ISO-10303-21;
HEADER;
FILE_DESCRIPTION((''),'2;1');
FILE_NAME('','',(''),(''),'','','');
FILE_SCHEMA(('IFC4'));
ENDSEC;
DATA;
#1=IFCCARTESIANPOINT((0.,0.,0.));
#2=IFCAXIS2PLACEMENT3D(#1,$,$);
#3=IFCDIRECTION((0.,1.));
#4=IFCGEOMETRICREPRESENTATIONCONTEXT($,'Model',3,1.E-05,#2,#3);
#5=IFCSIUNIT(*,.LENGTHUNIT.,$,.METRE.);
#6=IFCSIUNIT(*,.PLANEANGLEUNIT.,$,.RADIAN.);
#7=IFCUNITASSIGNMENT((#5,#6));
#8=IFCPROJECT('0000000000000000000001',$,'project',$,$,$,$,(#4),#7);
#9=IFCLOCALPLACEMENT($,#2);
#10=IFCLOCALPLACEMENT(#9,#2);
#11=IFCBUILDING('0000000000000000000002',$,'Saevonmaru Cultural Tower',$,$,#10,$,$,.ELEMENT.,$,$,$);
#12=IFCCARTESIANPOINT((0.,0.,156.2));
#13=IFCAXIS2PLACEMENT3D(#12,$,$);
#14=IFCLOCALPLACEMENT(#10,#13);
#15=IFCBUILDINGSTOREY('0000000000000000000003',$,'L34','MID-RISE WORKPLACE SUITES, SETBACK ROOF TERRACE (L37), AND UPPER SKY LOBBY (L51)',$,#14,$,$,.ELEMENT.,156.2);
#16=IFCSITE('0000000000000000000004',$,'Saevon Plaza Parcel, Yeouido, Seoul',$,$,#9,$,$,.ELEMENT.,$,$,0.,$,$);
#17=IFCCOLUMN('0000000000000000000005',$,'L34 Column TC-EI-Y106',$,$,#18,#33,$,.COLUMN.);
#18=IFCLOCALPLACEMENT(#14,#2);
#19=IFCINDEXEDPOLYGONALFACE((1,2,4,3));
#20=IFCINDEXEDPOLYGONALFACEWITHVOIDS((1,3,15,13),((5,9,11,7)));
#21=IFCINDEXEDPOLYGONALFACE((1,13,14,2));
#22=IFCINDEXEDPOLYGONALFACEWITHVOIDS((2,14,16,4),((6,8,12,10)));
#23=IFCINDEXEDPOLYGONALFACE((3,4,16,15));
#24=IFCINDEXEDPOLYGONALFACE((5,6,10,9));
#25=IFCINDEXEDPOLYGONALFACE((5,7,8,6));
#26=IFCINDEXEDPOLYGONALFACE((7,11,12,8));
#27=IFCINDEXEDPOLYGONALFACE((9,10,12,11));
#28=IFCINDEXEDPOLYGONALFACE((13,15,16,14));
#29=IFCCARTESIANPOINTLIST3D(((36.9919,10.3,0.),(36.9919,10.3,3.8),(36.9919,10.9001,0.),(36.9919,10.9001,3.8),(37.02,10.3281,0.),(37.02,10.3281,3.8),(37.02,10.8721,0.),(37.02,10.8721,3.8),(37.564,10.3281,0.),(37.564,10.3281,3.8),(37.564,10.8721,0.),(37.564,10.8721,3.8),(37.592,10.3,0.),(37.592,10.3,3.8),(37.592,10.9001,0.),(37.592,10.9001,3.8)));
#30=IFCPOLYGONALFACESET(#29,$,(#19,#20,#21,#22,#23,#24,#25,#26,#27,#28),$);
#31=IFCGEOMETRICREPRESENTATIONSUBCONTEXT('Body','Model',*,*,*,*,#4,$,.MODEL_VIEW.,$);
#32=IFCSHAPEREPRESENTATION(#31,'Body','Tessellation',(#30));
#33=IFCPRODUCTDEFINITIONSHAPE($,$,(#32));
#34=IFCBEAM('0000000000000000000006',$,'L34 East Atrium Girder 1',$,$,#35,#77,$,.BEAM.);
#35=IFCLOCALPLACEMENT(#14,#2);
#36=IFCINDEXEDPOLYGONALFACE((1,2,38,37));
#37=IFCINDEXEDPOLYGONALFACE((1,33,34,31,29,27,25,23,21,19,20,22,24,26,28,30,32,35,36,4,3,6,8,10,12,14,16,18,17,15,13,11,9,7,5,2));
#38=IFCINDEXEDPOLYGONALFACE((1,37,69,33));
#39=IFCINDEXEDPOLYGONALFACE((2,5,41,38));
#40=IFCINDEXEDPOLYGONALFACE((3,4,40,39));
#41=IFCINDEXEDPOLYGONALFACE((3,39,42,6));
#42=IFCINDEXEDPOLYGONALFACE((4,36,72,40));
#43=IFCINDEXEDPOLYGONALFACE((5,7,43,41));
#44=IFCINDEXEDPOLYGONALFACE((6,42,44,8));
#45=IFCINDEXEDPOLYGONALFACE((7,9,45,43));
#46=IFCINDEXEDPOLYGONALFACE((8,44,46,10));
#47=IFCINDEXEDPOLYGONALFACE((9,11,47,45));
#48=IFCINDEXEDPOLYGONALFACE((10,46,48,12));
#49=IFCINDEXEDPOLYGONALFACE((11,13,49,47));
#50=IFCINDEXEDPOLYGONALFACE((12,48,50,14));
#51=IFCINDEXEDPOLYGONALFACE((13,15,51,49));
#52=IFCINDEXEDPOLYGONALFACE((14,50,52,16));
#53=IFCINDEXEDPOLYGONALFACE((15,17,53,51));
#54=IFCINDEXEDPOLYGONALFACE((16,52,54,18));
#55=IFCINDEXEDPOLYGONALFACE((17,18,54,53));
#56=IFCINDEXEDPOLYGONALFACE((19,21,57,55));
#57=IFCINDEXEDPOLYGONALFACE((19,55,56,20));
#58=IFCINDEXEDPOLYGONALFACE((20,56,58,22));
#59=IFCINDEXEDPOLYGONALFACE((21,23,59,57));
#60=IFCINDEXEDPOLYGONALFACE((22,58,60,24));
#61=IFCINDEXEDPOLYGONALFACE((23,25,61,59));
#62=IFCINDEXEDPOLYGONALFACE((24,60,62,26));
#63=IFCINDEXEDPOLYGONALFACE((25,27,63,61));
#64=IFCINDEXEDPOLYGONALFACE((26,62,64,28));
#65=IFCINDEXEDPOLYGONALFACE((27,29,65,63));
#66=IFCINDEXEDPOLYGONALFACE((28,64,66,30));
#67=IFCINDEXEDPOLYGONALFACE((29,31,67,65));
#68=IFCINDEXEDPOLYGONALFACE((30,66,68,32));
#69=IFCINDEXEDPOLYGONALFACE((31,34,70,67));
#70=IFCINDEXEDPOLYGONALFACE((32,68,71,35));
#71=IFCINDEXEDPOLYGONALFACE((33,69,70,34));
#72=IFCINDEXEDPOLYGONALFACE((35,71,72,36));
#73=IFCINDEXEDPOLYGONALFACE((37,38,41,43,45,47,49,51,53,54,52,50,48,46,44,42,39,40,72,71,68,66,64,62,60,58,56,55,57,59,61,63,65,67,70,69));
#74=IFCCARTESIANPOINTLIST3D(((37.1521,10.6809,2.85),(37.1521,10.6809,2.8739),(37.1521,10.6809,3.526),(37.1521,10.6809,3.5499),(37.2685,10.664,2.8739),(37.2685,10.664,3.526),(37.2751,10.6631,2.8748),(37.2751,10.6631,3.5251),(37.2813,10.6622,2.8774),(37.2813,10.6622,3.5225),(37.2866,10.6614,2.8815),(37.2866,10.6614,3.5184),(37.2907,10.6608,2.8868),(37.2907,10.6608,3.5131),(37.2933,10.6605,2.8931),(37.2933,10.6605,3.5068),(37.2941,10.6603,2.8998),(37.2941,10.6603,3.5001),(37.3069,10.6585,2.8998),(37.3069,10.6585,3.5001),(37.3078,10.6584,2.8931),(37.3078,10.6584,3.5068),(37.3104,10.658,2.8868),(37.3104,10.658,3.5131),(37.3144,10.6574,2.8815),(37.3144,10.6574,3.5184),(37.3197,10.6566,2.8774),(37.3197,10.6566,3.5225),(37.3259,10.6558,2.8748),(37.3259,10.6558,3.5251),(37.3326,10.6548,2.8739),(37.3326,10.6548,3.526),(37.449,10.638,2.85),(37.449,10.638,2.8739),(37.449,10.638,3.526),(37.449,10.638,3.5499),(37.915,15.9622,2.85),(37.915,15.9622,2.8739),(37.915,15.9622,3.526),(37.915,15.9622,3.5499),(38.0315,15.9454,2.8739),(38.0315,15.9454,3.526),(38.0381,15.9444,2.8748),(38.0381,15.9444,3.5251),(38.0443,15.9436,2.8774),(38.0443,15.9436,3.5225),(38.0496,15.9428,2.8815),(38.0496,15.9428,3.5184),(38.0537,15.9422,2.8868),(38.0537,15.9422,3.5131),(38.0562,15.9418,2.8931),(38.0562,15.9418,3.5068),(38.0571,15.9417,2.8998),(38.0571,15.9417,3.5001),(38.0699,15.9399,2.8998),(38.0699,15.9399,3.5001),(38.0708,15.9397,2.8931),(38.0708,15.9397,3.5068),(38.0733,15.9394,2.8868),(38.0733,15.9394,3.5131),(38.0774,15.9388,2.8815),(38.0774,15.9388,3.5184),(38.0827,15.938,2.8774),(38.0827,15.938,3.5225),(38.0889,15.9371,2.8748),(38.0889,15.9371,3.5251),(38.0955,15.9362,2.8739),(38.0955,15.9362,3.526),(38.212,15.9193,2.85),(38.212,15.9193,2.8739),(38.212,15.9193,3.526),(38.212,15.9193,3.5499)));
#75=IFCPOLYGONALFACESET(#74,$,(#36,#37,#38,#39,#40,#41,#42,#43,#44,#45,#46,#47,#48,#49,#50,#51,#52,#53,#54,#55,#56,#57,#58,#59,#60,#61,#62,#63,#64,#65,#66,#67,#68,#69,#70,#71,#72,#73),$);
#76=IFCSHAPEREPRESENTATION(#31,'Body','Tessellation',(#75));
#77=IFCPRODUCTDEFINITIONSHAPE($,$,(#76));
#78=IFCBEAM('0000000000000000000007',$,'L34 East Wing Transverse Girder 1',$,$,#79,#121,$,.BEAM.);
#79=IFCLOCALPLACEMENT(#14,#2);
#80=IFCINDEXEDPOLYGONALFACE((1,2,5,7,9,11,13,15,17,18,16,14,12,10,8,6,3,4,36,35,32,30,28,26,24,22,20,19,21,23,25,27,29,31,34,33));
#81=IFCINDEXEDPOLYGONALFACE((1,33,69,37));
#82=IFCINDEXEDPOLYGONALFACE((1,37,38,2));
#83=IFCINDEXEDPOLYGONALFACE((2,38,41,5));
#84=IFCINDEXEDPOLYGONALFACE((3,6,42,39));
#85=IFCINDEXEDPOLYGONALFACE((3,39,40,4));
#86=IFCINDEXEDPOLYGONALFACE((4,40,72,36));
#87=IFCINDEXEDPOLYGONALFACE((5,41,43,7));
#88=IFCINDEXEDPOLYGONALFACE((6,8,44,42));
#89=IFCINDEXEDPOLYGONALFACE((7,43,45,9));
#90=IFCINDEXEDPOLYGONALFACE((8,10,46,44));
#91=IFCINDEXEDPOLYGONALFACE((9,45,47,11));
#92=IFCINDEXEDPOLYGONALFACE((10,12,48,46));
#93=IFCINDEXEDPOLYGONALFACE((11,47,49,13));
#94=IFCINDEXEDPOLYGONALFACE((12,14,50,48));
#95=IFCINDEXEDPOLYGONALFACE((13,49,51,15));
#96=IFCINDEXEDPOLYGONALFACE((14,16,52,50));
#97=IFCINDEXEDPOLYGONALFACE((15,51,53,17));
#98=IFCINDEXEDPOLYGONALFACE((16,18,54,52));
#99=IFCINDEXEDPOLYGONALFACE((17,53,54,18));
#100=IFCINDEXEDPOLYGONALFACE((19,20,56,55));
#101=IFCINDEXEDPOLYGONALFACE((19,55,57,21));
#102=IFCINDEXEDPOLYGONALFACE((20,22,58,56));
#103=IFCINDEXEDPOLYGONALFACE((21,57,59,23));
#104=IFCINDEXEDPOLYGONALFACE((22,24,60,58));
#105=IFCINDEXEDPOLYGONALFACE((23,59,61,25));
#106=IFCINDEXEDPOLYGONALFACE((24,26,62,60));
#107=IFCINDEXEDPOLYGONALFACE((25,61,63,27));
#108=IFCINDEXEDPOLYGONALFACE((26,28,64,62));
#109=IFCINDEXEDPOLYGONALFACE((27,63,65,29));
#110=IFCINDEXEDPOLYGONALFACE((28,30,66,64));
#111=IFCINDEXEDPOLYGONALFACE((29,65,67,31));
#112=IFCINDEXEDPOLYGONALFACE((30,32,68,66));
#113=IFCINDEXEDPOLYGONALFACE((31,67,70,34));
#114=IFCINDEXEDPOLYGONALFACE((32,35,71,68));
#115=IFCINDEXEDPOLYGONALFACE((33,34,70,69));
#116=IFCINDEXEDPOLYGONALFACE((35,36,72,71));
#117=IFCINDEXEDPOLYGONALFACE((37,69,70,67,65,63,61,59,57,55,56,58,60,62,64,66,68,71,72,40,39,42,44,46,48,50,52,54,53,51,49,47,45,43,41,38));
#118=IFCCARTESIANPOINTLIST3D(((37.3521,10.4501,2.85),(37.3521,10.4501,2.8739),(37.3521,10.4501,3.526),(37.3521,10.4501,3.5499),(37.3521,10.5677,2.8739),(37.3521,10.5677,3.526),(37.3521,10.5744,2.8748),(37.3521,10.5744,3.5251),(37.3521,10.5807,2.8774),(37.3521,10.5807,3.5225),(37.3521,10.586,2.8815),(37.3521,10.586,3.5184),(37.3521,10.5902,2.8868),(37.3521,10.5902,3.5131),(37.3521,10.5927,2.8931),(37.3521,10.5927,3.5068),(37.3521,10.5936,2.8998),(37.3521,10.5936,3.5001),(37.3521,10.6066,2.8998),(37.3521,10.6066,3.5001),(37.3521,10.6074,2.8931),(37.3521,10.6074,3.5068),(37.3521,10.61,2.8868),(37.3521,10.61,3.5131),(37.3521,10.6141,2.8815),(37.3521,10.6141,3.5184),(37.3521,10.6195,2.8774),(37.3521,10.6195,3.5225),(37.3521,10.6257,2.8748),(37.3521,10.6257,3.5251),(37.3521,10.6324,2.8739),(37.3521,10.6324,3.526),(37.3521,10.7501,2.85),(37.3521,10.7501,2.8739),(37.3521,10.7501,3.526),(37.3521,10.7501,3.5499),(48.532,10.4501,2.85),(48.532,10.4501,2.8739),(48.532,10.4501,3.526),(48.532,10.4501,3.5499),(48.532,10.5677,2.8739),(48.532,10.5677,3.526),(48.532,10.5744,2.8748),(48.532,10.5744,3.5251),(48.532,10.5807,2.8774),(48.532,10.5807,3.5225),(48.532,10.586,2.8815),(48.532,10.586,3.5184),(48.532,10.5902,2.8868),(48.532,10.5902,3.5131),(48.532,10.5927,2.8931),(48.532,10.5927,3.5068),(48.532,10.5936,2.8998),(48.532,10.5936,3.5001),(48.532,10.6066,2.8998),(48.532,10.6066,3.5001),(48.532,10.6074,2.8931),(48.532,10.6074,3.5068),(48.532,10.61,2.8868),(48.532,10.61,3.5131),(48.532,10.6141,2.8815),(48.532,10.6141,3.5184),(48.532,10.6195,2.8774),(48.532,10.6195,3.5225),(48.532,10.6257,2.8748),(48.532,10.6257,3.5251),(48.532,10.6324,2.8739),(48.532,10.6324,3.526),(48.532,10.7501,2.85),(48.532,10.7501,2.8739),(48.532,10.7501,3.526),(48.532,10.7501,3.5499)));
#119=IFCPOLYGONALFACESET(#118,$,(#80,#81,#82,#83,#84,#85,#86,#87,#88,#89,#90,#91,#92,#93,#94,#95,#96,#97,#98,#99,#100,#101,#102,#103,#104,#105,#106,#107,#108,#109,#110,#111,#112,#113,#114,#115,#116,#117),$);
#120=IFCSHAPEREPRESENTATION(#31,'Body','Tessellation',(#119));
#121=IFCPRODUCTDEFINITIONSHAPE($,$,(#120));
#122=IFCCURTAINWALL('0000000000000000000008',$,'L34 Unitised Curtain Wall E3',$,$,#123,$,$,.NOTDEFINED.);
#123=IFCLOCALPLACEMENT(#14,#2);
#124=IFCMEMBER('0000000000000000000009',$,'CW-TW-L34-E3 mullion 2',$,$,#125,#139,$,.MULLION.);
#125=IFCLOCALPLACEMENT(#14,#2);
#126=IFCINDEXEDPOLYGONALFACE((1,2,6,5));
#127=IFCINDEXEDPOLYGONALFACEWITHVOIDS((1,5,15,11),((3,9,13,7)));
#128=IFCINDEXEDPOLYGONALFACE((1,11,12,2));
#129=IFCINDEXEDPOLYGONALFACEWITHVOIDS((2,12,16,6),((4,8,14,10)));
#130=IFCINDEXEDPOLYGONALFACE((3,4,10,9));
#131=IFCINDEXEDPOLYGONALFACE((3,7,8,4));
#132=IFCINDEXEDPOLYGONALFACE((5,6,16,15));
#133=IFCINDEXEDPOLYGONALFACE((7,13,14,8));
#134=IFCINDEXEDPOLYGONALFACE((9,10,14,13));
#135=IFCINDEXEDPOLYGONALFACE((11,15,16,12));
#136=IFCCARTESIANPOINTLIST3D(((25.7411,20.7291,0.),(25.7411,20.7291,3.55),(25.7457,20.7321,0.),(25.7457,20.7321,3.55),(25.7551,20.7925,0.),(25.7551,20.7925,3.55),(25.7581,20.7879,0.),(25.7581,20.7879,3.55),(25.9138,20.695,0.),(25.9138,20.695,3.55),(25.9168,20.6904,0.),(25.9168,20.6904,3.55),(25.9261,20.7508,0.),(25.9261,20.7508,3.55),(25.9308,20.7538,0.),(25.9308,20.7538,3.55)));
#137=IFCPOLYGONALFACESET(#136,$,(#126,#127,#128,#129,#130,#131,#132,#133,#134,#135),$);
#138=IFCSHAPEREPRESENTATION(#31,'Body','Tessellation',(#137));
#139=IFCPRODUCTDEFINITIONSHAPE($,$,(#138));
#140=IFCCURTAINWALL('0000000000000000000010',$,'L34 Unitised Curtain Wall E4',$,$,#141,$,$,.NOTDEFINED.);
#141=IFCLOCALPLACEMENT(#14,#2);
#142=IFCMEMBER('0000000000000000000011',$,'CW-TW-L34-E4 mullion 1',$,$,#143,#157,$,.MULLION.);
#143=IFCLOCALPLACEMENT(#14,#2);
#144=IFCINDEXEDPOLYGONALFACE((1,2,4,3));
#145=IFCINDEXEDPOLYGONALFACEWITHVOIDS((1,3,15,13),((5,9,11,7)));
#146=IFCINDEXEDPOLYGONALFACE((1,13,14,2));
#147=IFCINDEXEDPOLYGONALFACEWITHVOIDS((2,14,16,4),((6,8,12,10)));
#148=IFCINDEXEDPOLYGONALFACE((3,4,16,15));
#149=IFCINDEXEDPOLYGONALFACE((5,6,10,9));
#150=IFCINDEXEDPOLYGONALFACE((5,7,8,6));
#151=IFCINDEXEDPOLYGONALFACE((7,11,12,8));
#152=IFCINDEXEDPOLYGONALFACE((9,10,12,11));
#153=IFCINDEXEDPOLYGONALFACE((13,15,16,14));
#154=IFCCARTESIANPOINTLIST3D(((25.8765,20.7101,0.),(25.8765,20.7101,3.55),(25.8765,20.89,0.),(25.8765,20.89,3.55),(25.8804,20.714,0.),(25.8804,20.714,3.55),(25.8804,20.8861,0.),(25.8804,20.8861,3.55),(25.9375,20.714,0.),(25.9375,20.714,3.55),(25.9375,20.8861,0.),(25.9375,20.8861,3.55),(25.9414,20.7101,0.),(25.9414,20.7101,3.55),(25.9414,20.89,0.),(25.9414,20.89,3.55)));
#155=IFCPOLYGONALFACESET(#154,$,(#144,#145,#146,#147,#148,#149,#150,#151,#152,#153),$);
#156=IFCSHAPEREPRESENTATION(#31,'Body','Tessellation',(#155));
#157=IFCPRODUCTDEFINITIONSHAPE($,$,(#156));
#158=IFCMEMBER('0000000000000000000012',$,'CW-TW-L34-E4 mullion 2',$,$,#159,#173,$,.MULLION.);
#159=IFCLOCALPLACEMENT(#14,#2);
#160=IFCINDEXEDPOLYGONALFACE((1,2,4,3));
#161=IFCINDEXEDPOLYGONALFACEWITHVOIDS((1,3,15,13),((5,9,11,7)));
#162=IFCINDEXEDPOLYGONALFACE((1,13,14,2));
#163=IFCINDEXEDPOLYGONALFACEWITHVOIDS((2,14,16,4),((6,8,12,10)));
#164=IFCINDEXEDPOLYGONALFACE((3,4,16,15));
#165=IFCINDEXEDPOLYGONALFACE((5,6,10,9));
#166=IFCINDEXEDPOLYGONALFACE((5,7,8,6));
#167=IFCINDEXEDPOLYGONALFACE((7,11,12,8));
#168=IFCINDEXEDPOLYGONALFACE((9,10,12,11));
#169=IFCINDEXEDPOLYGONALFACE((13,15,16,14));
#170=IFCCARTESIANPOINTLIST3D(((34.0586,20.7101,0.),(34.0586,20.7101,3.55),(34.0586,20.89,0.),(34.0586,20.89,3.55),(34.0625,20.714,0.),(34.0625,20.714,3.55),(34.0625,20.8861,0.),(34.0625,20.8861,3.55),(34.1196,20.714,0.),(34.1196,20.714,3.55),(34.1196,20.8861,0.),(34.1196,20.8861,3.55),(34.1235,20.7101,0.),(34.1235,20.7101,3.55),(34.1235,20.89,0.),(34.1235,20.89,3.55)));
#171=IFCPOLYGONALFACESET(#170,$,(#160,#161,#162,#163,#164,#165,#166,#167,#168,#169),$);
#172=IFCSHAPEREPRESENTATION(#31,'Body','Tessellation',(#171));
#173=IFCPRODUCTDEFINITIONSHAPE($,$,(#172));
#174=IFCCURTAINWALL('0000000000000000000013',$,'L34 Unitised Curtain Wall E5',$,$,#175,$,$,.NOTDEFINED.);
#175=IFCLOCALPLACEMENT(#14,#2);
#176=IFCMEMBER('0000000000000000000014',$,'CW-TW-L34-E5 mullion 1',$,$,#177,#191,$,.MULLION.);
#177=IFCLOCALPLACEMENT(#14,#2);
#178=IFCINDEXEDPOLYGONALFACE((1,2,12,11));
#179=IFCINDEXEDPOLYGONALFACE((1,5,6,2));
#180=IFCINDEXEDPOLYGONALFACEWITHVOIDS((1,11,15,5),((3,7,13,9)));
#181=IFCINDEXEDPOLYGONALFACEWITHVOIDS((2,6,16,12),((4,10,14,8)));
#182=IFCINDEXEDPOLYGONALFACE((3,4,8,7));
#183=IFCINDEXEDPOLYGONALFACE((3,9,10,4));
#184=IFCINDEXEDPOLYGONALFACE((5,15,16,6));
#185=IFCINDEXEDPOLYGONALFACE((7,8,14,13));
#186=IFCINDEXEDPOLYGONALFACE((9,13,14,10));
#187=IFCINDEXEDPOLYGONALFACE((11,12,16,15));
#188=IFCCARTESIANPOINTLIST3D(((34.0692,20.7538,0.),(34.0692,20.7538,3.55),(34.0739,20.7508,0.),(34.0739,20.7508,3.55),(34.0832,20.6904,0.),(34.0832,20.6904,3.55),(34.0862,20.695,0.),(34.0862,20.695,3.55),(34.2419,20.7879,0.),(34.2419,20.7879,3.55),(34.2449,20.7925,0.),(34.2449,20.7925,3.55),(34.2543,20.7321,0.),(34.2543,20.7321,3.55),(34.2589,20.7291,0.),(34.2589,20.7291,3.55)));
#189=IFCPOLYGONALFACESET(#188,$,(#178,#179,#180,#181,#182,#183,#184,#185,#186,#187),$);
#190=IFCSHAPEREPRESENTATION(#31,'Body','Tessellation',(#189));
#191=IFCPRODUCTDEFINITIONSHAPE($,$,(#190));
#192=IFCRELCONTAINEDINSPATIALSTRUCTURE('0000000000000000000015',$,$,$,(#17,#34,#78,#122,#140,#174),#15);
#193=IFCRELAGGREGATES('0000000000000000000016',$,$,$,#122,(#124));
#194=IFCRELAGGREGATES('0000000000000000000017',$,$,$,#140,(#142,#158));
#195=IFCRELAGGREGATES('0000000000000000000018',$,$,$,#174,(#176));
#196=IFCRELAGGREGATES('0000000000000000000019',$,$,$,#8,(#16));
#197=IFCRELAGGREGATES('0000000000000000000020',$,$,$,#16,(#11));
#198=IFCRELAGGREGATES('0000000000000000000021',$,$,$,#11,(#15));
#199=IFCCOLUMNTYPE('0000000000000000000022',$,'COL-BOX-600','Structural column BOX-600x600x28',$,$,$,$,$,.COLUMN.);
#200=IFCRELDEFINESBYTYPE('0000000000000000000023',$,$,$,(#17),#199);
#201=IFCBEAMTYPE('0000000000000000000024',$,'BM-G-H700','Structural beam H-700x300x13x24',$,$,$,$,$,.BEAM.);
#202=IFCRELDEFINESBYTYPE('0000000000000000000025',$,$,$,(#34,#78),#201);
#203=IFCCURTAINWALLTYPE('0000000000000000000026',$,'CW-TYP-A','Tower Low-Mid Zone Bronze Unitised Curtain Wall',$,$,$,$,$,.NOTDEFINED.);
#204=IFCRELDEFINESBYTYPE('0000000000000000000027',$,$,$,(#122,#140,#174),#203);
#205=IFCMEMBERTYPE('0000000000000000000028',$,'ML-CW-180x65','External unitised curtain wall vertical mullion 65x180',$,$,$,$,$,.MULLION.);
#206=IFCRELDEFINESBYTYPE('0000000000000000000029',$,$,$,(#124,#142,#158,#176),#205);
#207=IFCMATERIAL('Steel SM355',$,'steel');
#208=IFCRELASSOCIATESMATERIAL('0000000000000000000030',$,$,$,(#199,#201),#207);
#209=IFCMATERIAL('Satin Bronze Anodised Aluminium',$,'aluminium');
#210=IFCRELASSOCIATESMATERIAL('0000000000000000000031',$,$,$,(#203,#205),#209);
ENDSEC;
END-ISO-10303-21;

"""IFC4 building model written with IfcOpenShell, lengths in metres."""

from ifc_helpers import new_model, si_unit, direction, frame, origin, origin_2d, place, context, subcontext, project, spatial, hollow_rectangle, i_section, extrude, material, material_profile, profile_set, type_object, element, aggregate, save


model = new_model("IFC4")

# Units and contexts
model_context = context("Model", 3, precision=1e-05, world=origin(), true_north=direction((0.0, 1.0)))
body_context = subcontext(model_context, "Body", "Model", "MODEL_VIEW")
ifc_project = project(units=[si_unit("LENGTHUNIT", "METRE"), si_unit("PLANEANGLEUNIT", "RADIAN")], contexts=[model_context])

# Site, building, storey
site_placement = place(None, origin())
site = spatial("IfcSite", under=ifc_project, at=site_placement, Name="Saevon Plaza Parcel, Yeouido, Seoul", CompositionType="ELEMENT", RefElevation=0.0)
building_placement = place(site_placement, origin())
building = spatial("IfcBuilding", under=site, at=building_placement, Name="Saevonmaru Cultural Tower", CompositionType="ELEMENT")
storey_placement = place(building_placement, frame((0.0, 0.0, 156.2)))
storey = spatial("IfcBuildingStorey", under=building, at=storey_placement, Name="L34", Description="MID-RISE WORKPLACE SUITES, SETBACK ROOF TERRACE (L37), AND UPPER SKY LOBBY (L51)", CompositionType="ELEMENT", Elevation=156.2)

# Column
ifc_material_1 = material(Name="Steel SM355", Category="steel")
ifc_material_profile_1 = material_profile(ifc_material_1, hollow_rectangle(XDim=0.6001, YDim=0.6001, WallThickness=0.0281, at=origin_2d()), Name="BOX-600x600x28")
ifc_profile_set_1 = profile_set([ifc_material_profile_1], Name="Steel SM355")
column_type = type_object("IfcColumnType", Name="COL-BOX-600", Description="Structural column BOX-600x600x28", PredefinedType="COLUMN", material=ifc_profile_set_1)
column_placement = place(storey_placement, frame((37.292, 10.6001, 0.0), z_axis=(0.0, 0.0, 1.0), x_axis=(1.0, 0.0, 0.0)))
element("IfcColumn", 1, at=column_placement, inside=storey, type_object=column_type, Name="L34 Column TC-EI-Y106", PredefinedType="COLUMN", context=body_context, shape_type="SweptSolid", body=[
    extrude(hollow_rectangle(XDim=0.6001, YDim=0.6001, WallThickness=0.0281, at=origin_2d()), origin(), (0.0, 0.0, 1.0), 3.8),
])

# Beams
ifc_material_profile_2 = material_profile(ifc_material_1, i_section(OverallWidth=0.3, OverallDepth=0.7, WebThickness=0.0129, FlangeThickness=0.0239, FilletRadius=0.0259, at=origin_2d()), Name="H-700x300x13x24")
ifc_profile_set_2 = profile_set([ifc_material_profile_2], Name="Steel SM355")
beam_type = type_object("IfcBeamType", Name="BM-G-H700", Description="Structural beam H-700x300x13x24", PredefinedType="BEAM", material=ifc_profile_set_2)
beam_1_placement = place(storey_placement, frame((37.3005, 10.6594, 3.2), z_axis=(0.142978, 0.989726, 0.0), x_axis=(-0.989726, 0.142978, 0.0)))
element("IfcBeam", 2, at=beam_1_placement, inside=storey, type_object=beam_type, Name="L34 East Atrium Girder 1", PredefinedType="BEAM", context=body_context, shape_type="SweptSolid", body=[
    extrude(i_section(OverallWidth=0.3, OverallDepth=0.7, WebThickness=0.0129, FlangeThickness=0.0239, FilletRadius=0.0259, at=origin_2d()), origin(), (0.0, 0.0, 1.0), 5.3362),
])
beam_2_placement = place(storey_placement, frame((37.3521, 10.6001, 3.2), z_axis=(1.0, 0.0, 0.0), x_axis=(0.0, 1.0, 0.0)))
element("IfcBeam", 3, at=beam_2_placement, inside=storey, type_object=beam_type, Name="L34 East Wing Transverse Girder 1", PredefinedType="BEAM", context=body_context, shape_type="SweptSolid", body=[
    extrude(i_section(OverallWidth=0.3, OverallDepth=0.7, WebThickness=0.0129, FlangeThickness=0.0239, FilletRadius=0.0259, at=origin_2d()), origin(), (0.0, 0.0, 1.0), 11.1799),
])

# Curtain wall, member
ifc_material_2 = material(Name="Satin Bronze Anodised Aluminium", Category="aluminium")
curtain_wall_type_1 = type_object("IfcCurtainWallType", Name="CW-TYP-A", Description="Tower Low-Mid Zone Bronze Unitised Curtain Wall", PredefinedType="NOTDEFINED", material=ifc_material_2)
curtain_wall_1_placement = place(storey_placement, origin())
curtain_wall_1 = element("IfcCurtainWall", 4, at=curtain_wall_1_placement, inside=storey, type_object=curtain_wall_type_1, Name="L34 Unitised Curtain Wall E3", PredefinedType="NOTDEFINED")
ifc_material_profile_3 = material_profile(ifc_material_2, hollow_rectangle(XDim=0.0649, YDim=0.1799, WallThickness=0.0039, at=origin_2d()), Name="ALU-MULL-180x65x4")
ifc_profile_set_3 = profile_set([ifc_material_profile_3], Name="Satin Bronze Anodised Aluminium")
member_type_1 = type_object("IfcMemberType", Name="ML-CW-180x65", Description="External unitised curtain wall vertical mullion 65x180", PredefinedType="MULLION", material=ifc_profile_set_3)
member_1_placement = place(storey_placement, frame((25.8359, 20.7415, 0.0), z_axis=(0.0, 0.0, 1.0), x_axis=(0.215413, 0.976523, 0.0)))
member_1 = element("IfcMember", 5, at=member_1_placement, type_object=member_type_1, Name="CW-TW-L34-E3 mullion 2", PredefinedType="MULLION", context=body_context, shape_type="SweptSolid", body=[
    extrude(hollow_rectangle(XDim=0.0649, YDim=0.1799, WallThickness=0.0039, at=origin_2d()), origin(), (0.0, 0.0, 1.0), 3.55),
])

# Curtain walls, members
curtain_wall_2_placement = place(storey_placement, origin())
curtain_wall_2 = element("IfcCurtainWall", 6, at=curtain_wall_2_placement, inside=storey, type_object=curtain_wall_type_1, Name="L34 Unitised Curtain Wall E4", PredefinedType="NOTDEFINED")
member_2_placement = place(storey_placement, frame((25.9089, 20.8, 0.0), z_axis=(0.0, 0.0, 1.0), x_axis=(1.0, 0.0, 0.0)))
member_2 = element("IfcMember", 7, at=member_2_placement, type_object=member_type_1, Name="CW-TW-L34-E4 mullion 1", PredefinedType="MULLION", context=body_context, shape_type="SweptSolid", body=[
    extrude(hollow_rectangle(XDim=0.0649, YDim=0.1799, WallThickness=0.0039, at=origin_2d()), origin(), (0.0, 0.0, 1.0), 3.55),
])
member_3_placement = place(storey_placement, frame((34.0911, 20.8, 0.0), z_axis=(0.0, 0.0, 1.0), x_axis=(1.0, 0.0, 0.0)))
member_3 = element("IfcMember", 8, at=member_3_placement, type_object=member_type_1, Name="CW-TW-L34-E4 mullion 2", PredefinedType="MULLION", context=body_context, shape_type="SweptSolid", body=[
    extrude(hollow_rectangle(XDim=0.0649, YDim=0.1799, WallThickness=0.0039, at=origin_2d()), origin(), (0.0, 0.0, 1.0), 3.55),
])
curtain_wall_3_placement = place(storey_placement, origin())
curtain_wall_3 = element("IfcCurtainWall", 9, at=curtain_wall_3_placement, inside=storey, type_object=curtain_wall_type_1, Name="L34 Unitised Curtain Wall E5", PredefinedType="NOTDEFINED")
member_4_placement = place(storey_placement, frame((34.1641, 20.7415, 0.0), z_axis=(0.0, 0.0, 1.0), x_axis=(0.215413, -0.976523, 0.0)))
member_4 = element("IfcMember", 10, at=member_4_placement, type_object=member_type_1, Name="CW-TW-L34-E5 mullion 1", PredefinedType="MULLION", context=body_context, shape_type="SweptSolid", body=[
    extrude(hollow_rectangle(XDim=0.0649, YDim=0.1799, WallThickness=0.0039, at=origin_2d()), origin(), (0.0, 0.0, 1.0), 3.55),
])

aggregate(curtain_wall_1, [member_1])
aggregate(curtain_wall_2, [member_2, member_3])
aggregate(curtain_wall_3, [member_4])

save(model, "model.ifc")
